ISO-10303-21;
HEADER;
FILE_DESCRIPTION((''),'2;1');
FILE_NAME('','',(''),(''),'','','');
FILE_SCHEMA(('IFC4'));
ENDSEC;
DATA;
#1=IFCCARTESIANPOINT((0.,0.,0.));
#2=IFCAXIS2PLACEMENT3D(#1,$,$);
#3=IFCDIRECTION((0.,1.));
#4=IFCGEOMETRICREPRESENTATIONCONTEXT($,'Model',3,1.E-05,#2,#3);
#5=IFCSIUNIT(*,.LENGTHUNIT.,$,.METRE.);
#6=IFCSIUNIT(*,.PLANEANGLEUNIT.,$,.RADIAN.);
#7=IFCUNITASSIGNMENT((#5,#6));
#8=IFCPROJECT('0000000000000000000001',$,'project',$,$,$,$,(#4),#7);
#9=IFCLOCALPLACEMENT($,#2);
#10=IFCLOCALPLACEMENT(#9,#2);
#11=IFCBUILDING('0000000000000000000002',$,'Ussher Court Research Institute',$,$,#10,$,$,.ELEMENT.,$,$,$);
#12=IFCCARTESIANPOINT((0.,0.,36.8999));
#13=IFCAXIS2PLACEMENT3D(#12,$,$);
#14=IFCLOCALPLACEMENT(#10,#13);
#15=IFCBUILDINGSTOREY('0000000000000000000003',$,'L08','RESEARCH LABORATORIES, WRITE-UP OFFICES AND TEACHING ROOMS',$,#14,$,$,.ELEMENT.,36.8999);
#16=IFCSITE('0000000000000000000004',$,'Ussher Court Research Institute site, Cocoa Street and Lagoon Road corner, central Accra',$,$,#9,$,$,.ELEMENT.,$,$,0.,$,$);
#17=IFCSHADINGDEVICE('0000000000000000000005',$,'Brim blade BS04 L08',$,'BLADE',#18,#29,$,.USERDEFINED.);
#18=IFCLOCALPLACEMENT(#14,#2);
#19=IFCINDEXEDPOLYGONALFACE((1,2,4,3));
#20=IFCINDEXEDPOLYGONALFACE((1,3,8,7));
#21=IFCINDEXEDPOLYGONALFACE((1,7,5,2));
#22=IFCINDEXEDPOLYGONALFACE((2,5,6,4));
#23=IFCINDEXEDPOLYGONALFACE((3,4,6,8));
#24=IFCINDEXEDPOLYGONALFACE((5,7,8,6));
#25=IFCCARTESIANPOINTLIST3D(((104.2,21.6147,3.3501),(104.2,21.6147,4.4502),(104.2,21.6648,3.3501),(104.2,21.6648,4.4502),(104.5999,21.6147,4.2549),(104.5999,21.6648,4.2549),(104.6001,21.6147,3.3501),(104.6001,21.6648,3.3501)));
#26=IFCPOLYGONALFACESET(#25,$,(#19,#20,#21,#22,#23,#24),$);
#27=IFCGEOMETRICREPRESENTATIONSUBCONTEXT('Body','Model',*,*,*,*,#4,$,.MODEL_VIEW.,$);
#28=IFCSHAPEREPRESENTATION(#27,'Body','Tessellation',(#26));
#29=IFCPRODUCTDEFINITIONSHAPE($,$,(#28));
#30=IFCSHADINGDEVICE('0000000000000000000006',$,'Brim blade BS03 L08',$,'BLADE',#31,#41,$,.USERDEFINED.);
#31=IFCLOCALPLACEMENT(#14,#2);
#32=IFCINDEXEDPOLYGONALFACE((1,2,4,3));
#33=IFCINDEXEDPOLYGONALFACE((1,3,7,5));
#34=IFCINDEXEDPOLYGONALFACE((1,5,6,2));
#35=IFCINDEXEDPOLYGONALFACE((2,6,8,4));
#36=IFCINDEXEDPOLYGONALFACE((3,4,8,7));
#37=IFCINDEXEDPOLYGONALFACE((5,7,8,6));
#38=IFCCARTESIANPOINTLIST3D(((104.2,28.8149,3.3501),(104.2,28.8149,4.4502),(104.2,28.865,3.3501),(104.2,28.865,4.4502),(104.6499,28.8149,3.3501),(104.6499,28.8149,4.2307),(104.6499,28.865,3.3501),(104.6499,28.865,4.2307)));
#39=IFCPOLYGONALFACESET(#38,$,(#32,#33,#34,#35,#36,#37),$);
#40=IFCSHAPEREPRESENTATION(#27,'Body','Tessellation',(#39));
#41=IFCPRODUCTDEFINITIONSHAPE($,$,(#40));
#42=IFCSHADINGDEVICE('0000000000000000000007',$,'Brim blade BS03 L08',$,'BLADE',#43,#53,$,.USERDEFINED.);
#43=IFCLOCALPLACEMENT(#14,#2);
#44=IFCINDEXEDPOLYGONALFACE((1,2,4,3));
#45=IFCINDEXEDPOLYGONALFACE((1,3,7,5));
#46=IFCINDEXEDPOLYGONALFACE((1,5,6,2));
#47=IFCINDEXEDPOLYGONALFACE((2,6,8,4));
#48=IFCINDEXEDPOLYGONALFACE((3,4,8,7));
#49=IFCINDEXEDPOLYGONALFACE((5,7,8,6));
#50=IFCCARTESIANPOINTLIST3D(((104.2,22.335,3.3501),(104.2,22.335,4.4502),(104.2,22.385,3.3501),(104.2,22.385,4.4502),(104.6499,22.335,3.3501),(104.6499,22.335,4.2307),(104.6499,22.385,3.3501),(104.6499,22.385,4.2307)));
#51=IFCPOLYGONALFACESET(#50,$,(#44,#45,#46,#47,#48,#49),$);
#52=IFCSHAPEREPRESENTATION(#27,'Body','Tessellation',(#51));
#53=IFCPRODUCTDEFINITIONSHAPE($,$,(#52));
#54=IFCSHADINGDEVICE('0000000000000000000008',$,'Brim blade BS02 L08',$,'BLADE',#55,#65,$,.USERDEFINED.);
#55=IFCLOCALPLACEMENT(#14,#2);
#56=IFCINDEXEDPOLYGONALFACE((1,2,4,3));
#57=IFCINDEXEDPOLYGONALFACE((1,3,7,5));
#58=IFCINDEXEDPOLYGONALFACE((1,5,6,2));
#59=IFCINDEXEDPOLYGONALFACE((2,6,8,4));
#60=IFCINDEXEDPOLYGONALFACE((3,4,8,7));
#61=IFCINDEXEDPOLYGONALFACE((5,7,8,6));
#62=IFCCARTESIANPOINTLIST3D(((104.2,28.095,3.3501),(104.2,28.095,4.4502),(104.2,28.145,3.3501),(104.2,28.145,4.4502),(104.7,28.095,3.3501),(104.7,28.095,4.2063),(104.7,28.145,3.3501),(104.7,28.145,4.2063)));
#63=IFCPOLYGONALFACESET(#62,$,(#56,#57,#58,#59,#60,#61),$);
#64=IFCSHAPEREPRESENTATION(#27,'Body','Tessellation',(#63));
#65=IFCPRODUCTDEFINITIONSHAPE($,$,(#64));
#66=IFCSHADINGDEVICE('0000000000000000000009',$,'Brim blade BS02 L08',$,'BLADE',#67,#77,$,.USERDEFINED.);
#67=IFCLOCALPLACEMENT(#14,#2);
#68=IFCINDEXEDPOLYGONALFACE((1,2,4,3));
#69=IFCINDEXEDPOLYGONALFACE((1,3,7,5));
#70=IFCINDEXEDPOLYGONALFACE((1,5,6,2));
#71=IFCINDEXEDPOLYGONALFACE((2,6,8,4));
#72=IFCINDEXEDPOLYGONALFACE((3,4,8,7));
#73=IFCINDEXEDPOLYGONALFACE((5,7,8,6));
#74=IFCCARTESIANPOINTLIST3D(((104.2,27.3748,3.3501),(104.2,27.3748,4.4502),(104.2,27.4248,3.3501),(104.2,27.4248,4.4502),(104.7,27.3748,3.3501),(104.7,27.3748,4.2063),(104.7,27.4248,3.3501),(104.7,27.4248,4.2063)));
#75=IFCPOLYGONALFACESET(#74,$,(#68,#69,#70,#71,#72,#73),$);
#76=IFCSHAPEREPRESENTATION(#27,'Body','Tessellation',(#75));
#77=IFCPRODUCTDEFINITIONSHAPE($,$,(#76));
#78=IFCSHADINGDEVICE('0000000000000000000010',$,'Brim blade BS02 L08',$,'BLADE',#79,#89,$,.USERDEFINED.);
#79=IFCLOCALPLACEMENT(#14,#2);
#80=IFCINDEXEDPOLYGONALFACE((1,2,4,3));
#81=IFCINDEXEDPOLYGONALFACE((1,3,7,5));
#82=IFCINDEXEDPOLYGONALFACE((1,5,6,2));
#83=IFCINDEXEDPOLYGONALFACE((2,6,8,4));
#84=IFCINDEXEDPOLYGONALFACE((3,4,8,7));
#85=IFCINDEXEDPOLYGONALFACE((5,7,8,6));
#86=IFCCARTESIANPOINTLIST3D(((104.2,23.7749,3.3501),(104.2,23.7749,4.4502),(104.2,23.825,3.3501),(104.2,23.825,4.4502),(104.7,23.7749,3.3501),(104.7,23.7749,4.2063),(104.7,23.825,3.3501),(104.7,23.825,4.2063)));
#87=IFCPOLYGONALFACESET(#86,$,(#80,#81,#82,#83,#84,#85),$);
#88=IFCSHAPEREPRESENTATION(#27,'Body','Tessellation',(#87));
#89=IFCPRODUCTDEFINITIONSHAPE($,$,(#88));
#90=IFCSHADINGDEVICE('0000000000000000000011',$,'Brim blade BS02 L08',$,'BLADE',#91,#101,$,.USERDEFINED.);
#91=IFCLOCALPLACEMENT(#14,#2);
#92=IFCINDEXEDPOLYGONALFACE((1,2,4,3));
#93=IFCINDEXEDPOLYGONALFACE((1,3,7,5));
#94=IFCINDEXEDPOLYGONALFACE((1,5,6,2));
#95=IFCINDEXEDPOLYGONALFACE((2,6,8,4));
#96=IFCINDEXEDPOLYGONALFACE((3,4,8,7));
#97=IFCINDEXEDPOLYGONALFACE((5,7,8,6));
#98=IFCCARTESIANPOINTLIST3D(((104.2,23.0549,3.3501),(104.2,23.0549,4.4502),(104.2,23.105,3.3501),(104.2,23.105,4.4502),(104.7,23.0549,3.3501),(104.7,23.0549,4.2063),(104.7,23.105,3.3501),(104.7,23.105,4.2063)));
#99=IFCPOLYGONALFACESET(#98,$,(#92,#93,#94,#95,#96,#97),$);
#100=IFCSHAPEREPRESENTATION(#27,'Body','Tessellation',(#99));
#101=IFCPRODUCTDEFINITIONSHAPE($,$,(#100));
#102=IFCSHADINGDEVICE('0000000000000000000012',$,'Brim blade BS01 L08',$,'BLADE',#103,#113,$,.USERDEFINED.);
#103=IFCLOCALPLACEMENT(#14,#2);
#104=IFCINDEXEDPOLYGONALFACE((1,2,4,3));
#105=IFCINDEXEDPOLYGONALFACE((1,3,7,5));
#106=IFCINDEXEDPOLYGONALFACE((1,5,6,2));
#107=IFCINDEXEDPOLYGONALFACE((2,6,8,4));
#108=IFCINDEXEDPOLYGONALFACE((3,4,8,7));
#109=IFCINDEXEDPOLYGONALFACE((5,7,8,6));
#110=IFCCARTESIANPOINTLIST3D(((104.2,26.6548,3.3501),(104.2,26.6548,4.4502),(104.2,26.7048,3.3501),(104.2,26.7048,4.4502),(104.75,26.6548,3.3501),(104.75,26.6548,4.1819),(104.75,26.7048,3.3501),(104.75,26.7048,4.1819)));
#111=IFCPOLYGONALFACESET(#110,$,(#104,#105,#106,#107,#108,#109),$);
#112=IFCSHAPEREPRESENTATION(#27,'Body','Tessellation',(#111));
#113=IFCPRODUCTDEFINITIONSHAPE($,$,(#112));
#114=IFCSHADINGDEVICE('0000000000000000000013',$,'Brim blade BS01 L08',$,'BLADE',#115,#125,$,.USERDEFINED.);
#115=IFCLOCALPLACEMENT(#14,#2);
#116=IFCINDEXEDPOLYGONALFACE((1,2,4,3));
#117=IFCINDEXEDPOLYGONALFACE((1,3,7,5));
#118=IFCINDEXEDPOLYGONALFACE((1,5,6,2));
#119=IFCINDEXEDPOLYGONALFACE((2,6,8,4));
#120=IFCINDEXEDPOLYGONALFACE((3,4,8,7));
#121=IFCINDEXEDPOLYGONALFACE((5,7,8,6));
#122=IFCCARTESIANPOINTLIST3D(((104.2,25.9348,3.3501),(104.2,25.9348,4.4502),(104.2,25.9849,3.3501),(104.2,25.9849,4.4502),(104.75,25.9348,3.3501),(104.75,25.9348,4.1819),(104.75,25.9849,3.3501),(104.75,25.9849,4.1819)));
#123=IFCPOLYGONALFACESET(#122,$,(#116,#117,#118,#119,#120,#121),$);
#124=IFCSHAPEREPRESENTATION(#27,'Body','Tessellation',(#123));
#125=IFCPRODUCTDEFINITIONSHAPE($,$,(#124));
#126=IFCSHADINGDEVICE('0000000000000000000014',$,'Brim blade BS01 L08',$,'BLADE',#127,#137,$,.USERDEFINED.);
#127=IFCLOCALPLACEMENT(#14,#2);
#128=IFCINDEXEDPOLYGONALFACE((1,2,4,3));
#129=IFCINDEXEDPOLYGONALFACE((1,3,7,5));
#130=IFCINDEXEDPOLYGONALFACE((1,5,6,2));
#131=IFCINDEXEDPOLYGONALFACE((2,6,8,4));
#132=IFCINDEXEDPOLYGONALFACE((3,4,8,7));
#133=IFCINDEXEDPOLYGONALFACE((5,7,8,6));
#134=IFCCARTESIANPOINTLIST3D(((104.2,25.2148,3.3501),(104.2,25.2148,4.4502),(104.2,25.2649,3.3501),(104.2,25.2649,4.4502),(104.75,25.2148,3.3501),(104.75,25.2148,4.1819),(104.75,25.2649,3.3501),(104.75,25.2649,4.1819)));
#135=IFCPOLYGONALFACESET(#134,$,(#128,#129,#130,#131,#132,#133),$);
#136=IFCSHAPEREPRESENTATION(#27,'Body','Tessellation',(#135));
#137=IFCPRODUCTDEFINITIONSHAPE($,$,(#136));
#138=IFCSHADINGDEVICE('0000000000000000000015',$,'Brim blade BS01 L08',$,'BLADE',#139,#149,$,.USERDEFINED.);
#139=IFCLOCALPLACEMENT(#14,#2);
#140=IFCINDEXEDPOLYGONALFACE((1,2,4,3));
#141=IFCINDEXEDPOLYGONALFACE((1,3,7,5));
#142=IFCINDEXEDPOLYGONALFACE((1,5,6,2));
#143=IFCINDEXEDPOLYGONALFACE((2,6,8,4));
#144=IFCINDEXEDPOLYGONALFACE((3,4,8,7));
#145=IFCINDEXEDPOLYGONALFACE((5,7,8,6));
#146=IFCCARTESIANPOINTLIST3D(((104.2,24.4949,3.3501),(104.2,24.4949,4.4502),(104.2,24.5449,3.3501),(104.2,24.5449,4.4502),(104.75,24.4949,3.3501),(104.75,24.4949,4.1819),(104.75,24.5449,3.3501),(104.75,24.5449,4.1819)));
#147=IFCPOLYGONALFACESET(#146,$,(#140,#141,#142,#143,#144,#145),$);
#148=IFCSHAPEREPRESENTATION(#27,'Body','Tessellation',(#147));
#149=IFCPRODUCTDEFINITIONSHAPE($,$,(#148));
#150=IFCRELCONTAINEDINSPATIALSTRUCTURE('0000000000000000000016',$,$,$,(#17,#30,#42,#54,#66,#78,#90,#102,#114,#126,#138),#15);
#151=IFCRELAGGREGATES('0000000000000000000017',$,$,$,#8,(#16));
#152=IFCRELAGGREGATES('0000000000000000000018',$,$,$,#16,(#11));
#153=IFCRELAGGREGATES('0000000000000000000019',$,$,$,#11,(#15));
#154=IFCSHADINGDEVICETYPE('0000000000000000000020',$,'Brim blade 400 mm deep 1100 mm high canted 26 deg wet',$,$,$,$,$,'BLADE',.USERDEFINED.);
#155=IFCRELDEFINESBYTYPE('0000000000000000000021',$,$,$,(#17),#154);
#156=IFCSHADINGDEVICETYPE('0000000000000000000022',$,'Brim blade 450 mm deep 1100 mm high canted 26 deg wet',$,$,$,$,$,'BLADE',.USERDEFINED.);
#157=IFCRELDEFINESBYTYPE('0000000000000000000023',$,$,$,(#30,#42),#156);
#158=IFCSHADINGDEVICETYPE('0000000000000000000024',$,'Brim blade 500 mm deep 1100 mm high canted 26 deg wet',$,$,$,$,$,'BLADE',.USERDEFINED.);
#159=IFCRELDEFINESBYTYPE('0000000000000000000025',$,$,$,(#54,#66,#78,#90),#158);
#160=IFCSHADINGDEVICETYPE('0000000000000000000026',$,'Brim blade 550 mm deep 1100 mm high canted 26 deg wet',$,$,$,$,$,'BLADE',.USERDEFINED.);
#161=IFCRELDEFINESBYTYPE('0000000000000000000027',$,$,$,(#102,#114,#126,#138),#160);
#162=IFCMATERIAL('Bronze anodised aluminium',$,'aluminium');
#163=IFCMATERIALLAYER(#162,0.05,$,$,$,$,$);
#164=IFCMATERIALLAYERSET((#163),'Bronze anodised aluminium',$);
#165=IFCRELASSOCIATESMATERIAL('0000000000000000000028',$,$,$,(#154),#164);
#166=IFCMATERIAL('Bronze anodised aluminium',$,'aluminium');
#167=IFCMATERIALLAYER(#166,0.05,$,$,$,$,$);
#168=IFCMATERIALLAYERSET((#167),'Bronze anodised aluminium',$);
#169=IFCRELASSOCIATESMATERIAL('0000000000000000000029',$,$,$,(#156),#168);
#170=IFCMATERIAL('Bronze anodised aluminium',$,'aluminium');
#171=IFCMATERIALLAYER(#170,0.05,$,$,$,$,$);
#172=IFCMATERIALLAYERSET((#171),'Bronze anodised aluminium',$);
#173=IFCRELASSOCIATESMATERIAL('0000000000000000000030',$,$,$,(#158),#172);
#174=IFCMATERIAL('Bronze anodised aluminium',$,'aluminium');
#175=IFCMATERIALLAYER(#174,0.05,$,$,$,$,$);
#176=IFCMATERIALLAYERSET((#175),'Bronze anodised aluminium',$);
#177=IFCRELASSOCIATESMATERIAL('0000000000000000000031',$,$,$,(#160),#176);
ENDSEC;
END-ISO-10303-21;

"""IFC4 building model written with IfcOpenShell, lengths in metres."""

from ifc_helpers import new_model, si_unit, direction, frame, origin, place, context, subcontext, project, spatial, polyline, outline, extrude, material, layer, layer_set, type_object, element, save


model = new_model("IFC4")

# Units and contexts
model_context = context("Model", 3, precision=1e-05, world=origin(), true_north=direction((0.0, 1.0)))
body_context = subcontext(model_context, "Body", "Model", "MODEL_VIEW")
ifc_project = project(units=[si_unit("LENGTHUNIT", "METRE"), si_unit("PLANEANGLEUNIT", "RADIAN")], contexts=[model_context])

# Site, building, storey
site_placement = place(None, origin())
site = spatial("IfcSite", under=ifc_project, at=site_placement, Name="Ussher Court Research Institute site, Cocoa Street and Lagoon Road corner, central Accra", CompositionType="ELEMENT", RefElevation=0.0)
building_placement = place(site_placement, origin())
building = spatial("IfcBuilding", under=site, at=building_placement, Name="Ussher Court Research Institute", CompositionType="ELEMENT")
storey_placement = place(building_placement, frame((0.0, 0.0, 36.8999)))
storey = spatial("IfcBuildingStorey", under=building, at=storey_placement, Name="L08", Description="RESEARCH LABORATORIES, WRITE-UP OFFICES AND TEACHING ROOMS", CompositionType="ELEMENT", Elevation=36.8999)

# Shading devices
ifc_material_1 = material(Name="Bronze anodised aluminium", Category="aluminium")
ifc_layer_1 = layer(ifc_material_1, 0.05)
ifc_layer_set_1 = layer_set([ifc_layer_1], Name="Bronze anodised aluminium")
shading_device_type_1 = type_object("IfcShadingDeviceType", Name="Brim blade 400 mm deep 1100 mm high canted 26 deg wet", ElementType="BLADE", PredefinedType="USERDEFINED", material=ifc_layer_set_1)
shading_device_1_placement = place(storey_placement, frame((104.2, 21.6399, 3.3501), z_axis=(0.0, 0.0, 1.0), x_axis=(1.0, 0.0, 0.0)))
element("IfcShadingDevice", 1, at=shading_device_1_placement, inside=storey, type_object=shading_device_type_1, Name="Brim blade BS04 L08", ObjectType="BLADE", PredefinedType="USERDEFINED", context=body_context, shape_type="SweptSolid", body=[
    extrude(outline(polyline([(0.0, 0.0), (0.4001, 0.0), (0.3999, 0.9048), (0.0, 1.1001), (0.0, 0.0)])), frame((0.0, 0.0249, 0.0), z_axis=(0.0, -1.0, 0.0), x_axis=(1.0, 0.0, 0.0)), (0.0, 0.0, 1.0), 0.05),
])
ifc_material_2 = material(Name="Bronze anodised aluminium", Category="aluminium")
ifc_layer_2 = layer(ifc_material_2, 0.05)
ifc_layer_set_2 = layer_set([ifc_layer_2], Name="Bronze anodised aluminium")
shading_device_type_2 = type_object("IfcShadingDeviceType", Name="Brim blade 450 mm deep 1100 mm high canted 26 deg wet", ElementType="BLADE", PredefinedType="USERDEFINED", material=ifc_layer_set_2)
for number, where, z_axis, x_axis, name in (
    (2, (104.2, 28.8401, 3.3501), (0.0, 0.0, 1.0), (1.0, 0.0, 0.0), "Brim blade BS03 L08"),
    (3, (104.2, 22.3601, 3.3501), (0.0, 0.0, 1.0), (1.0, 0.0, 0.0), "Brim blade BS03 L08"),
):
    element("IfcShadingDevice", number, at=place(storey_placement, frame(where, z_axis=z_axis, x_axis=x_axis)), inside=storey, type_object=shading_device_type_2, Name=name, ObjectType="BLADE", PredefinedType="USERDEFINED", context=body_context, shape_type="SweptSolid", body=[
        extrude(outline(polyline([(0.0, 0.0), (0.45, 0.0), (0.45, 0.8806), (0.0, 1.1001), (0.0, 0.0)])), frame((0.0, 0.0249, 0.0), z_axis=(0.0, -1.0, 0.0), x_axis=(1.0, 0.0, 0.0)), (0.0, 0.0, 1.0), 0.05),
    ])
ifc_material_3 = material(Name="Bronze anodised aluminium", Category="aluminium")
ifc_layer_3 = layer(ifc_material_3, 0.05)
ifc_layer_set_3 = layer_set([ifc_layer_3], Name="Bronze anodised aluminium")
shading_device_type_3 = type_object("IfcShadingDeviceType", Name="Brim blade 500 mm deep 1100 mm high canted 26 deg wet", ElementType="BLADE", PredefinedType="USERDEFINED", material=ifc_layer_set_3)
for number, where, z_axis, x_axis, name in (
    (4, (104.2, 28.1201, 3.3501), (0.0, 0.0, 1.0), (1.0, 0.0, 0.0), "Brim blade BS02 L08"),
    (5, (104.2, 27.3999, 3.3501), (0.0, 0.0, 1.0), (1.0, 0.0, 0.0), "Brim blade BS02 L08"),
    (6, (104.2, 23.8, 3.3501), (0.0, 0.0, 1.0), (1.0, 0.0, 0.0), "Brim blade BS02 L08"),
    (7, (104.2, 23.0801, 3.3501), (0.0, 0.0, 1.0), (1.0, 0.0, 0.0), "Brim blade BS02 L08"),
):
    element("IfcShadingDevice", number, at=place(storey_placement, frame(where, z_axis=z_axis, x_axis=x_axis)), inside=storey, type_object=shading_device_type_3, Name=name, ObjectType="BLADE", PredefinedType="USERDEFINED", context=body_context, shape_type="SweptSolid", body=[
        extrude(outline(polyline([(0.0, 0.0), (0.5, 0.0), (0.5, 0.8562), (0.0, 1.1001), (0.0, 0.0)])), frame((0.0, 0.0249, 0.0), z_axis=(0.0, -1.0, 0.0), x_axis=(1.0, 0.0, 0.0)), (0.0, 0.0, 1.0), 0.05),
    ])
ifc_material_4 = material(Name="Bronze anodised aluminium", Category="aluminium")
ifc_layer_4 = layer(ifc_material_4, 0.05)
ifc_layer_set_4 = layer_set([ifc_layer_4], Name="Bronze anodised aluminium")
shading_device_type_4 = type_object("IfcShadingDeviceType", Name="Brim blade 550 mm deep 1100 mm high canted 26 deg wet", ElementType="BLADE", PredefinedType="USERDEFINED", material=ifc_layer_set_4)
for number, where, z_axis, x_axis, name in (
    (8, (104.2, 26.6799, 3.3501), (0.0, 0.0, 1.0), (1.0, 0.0, 0.0), "Brim blade BS01 L08"),
    (9, (104.2, 25.96, 3.3501), (0.0, 0.0, 1.0), (1.0, 0.0, 0.0), "Brim blade BS01 L08"),
    (10, (104.2, 25.24, 3.3501), (0.0, 0.0, 1.0), (1.0, 0.0, 0.0), "Brim blade BS01 L08"),
    (11, (104.2, 24.52, 3.3501), (0.0, 0.0, 1.0), (1.0, 0.0, 0.0), "Brim blade BS01 L08"),
):
    element("IfcShadingDevice", number, at=place(storey_placement, frame(where, z_axis=z_axis, x_axis=x_axis)), inside=storey, type_object=shading_device_type_4, Name=name, ObjectType="BLADE", PredefinedType="USERDEFINED", context=body_context, shape_type="SweptSolid", body=[
        extrude(outline(polyline([(0.0, 0.0), (0.55, 0.0), (0.55, 0.8318), (0.0, 1.1001), (0.0, 0.0)])), frame((0.0, 0.0249, 0.0), z_axis=(0.0, -1.0, 0.0), x_axis=(1.0, 0.0, 0.0)), (0.0, 0.0, 1.0), 0.05),
    ])

save(model, "model.ifc")
